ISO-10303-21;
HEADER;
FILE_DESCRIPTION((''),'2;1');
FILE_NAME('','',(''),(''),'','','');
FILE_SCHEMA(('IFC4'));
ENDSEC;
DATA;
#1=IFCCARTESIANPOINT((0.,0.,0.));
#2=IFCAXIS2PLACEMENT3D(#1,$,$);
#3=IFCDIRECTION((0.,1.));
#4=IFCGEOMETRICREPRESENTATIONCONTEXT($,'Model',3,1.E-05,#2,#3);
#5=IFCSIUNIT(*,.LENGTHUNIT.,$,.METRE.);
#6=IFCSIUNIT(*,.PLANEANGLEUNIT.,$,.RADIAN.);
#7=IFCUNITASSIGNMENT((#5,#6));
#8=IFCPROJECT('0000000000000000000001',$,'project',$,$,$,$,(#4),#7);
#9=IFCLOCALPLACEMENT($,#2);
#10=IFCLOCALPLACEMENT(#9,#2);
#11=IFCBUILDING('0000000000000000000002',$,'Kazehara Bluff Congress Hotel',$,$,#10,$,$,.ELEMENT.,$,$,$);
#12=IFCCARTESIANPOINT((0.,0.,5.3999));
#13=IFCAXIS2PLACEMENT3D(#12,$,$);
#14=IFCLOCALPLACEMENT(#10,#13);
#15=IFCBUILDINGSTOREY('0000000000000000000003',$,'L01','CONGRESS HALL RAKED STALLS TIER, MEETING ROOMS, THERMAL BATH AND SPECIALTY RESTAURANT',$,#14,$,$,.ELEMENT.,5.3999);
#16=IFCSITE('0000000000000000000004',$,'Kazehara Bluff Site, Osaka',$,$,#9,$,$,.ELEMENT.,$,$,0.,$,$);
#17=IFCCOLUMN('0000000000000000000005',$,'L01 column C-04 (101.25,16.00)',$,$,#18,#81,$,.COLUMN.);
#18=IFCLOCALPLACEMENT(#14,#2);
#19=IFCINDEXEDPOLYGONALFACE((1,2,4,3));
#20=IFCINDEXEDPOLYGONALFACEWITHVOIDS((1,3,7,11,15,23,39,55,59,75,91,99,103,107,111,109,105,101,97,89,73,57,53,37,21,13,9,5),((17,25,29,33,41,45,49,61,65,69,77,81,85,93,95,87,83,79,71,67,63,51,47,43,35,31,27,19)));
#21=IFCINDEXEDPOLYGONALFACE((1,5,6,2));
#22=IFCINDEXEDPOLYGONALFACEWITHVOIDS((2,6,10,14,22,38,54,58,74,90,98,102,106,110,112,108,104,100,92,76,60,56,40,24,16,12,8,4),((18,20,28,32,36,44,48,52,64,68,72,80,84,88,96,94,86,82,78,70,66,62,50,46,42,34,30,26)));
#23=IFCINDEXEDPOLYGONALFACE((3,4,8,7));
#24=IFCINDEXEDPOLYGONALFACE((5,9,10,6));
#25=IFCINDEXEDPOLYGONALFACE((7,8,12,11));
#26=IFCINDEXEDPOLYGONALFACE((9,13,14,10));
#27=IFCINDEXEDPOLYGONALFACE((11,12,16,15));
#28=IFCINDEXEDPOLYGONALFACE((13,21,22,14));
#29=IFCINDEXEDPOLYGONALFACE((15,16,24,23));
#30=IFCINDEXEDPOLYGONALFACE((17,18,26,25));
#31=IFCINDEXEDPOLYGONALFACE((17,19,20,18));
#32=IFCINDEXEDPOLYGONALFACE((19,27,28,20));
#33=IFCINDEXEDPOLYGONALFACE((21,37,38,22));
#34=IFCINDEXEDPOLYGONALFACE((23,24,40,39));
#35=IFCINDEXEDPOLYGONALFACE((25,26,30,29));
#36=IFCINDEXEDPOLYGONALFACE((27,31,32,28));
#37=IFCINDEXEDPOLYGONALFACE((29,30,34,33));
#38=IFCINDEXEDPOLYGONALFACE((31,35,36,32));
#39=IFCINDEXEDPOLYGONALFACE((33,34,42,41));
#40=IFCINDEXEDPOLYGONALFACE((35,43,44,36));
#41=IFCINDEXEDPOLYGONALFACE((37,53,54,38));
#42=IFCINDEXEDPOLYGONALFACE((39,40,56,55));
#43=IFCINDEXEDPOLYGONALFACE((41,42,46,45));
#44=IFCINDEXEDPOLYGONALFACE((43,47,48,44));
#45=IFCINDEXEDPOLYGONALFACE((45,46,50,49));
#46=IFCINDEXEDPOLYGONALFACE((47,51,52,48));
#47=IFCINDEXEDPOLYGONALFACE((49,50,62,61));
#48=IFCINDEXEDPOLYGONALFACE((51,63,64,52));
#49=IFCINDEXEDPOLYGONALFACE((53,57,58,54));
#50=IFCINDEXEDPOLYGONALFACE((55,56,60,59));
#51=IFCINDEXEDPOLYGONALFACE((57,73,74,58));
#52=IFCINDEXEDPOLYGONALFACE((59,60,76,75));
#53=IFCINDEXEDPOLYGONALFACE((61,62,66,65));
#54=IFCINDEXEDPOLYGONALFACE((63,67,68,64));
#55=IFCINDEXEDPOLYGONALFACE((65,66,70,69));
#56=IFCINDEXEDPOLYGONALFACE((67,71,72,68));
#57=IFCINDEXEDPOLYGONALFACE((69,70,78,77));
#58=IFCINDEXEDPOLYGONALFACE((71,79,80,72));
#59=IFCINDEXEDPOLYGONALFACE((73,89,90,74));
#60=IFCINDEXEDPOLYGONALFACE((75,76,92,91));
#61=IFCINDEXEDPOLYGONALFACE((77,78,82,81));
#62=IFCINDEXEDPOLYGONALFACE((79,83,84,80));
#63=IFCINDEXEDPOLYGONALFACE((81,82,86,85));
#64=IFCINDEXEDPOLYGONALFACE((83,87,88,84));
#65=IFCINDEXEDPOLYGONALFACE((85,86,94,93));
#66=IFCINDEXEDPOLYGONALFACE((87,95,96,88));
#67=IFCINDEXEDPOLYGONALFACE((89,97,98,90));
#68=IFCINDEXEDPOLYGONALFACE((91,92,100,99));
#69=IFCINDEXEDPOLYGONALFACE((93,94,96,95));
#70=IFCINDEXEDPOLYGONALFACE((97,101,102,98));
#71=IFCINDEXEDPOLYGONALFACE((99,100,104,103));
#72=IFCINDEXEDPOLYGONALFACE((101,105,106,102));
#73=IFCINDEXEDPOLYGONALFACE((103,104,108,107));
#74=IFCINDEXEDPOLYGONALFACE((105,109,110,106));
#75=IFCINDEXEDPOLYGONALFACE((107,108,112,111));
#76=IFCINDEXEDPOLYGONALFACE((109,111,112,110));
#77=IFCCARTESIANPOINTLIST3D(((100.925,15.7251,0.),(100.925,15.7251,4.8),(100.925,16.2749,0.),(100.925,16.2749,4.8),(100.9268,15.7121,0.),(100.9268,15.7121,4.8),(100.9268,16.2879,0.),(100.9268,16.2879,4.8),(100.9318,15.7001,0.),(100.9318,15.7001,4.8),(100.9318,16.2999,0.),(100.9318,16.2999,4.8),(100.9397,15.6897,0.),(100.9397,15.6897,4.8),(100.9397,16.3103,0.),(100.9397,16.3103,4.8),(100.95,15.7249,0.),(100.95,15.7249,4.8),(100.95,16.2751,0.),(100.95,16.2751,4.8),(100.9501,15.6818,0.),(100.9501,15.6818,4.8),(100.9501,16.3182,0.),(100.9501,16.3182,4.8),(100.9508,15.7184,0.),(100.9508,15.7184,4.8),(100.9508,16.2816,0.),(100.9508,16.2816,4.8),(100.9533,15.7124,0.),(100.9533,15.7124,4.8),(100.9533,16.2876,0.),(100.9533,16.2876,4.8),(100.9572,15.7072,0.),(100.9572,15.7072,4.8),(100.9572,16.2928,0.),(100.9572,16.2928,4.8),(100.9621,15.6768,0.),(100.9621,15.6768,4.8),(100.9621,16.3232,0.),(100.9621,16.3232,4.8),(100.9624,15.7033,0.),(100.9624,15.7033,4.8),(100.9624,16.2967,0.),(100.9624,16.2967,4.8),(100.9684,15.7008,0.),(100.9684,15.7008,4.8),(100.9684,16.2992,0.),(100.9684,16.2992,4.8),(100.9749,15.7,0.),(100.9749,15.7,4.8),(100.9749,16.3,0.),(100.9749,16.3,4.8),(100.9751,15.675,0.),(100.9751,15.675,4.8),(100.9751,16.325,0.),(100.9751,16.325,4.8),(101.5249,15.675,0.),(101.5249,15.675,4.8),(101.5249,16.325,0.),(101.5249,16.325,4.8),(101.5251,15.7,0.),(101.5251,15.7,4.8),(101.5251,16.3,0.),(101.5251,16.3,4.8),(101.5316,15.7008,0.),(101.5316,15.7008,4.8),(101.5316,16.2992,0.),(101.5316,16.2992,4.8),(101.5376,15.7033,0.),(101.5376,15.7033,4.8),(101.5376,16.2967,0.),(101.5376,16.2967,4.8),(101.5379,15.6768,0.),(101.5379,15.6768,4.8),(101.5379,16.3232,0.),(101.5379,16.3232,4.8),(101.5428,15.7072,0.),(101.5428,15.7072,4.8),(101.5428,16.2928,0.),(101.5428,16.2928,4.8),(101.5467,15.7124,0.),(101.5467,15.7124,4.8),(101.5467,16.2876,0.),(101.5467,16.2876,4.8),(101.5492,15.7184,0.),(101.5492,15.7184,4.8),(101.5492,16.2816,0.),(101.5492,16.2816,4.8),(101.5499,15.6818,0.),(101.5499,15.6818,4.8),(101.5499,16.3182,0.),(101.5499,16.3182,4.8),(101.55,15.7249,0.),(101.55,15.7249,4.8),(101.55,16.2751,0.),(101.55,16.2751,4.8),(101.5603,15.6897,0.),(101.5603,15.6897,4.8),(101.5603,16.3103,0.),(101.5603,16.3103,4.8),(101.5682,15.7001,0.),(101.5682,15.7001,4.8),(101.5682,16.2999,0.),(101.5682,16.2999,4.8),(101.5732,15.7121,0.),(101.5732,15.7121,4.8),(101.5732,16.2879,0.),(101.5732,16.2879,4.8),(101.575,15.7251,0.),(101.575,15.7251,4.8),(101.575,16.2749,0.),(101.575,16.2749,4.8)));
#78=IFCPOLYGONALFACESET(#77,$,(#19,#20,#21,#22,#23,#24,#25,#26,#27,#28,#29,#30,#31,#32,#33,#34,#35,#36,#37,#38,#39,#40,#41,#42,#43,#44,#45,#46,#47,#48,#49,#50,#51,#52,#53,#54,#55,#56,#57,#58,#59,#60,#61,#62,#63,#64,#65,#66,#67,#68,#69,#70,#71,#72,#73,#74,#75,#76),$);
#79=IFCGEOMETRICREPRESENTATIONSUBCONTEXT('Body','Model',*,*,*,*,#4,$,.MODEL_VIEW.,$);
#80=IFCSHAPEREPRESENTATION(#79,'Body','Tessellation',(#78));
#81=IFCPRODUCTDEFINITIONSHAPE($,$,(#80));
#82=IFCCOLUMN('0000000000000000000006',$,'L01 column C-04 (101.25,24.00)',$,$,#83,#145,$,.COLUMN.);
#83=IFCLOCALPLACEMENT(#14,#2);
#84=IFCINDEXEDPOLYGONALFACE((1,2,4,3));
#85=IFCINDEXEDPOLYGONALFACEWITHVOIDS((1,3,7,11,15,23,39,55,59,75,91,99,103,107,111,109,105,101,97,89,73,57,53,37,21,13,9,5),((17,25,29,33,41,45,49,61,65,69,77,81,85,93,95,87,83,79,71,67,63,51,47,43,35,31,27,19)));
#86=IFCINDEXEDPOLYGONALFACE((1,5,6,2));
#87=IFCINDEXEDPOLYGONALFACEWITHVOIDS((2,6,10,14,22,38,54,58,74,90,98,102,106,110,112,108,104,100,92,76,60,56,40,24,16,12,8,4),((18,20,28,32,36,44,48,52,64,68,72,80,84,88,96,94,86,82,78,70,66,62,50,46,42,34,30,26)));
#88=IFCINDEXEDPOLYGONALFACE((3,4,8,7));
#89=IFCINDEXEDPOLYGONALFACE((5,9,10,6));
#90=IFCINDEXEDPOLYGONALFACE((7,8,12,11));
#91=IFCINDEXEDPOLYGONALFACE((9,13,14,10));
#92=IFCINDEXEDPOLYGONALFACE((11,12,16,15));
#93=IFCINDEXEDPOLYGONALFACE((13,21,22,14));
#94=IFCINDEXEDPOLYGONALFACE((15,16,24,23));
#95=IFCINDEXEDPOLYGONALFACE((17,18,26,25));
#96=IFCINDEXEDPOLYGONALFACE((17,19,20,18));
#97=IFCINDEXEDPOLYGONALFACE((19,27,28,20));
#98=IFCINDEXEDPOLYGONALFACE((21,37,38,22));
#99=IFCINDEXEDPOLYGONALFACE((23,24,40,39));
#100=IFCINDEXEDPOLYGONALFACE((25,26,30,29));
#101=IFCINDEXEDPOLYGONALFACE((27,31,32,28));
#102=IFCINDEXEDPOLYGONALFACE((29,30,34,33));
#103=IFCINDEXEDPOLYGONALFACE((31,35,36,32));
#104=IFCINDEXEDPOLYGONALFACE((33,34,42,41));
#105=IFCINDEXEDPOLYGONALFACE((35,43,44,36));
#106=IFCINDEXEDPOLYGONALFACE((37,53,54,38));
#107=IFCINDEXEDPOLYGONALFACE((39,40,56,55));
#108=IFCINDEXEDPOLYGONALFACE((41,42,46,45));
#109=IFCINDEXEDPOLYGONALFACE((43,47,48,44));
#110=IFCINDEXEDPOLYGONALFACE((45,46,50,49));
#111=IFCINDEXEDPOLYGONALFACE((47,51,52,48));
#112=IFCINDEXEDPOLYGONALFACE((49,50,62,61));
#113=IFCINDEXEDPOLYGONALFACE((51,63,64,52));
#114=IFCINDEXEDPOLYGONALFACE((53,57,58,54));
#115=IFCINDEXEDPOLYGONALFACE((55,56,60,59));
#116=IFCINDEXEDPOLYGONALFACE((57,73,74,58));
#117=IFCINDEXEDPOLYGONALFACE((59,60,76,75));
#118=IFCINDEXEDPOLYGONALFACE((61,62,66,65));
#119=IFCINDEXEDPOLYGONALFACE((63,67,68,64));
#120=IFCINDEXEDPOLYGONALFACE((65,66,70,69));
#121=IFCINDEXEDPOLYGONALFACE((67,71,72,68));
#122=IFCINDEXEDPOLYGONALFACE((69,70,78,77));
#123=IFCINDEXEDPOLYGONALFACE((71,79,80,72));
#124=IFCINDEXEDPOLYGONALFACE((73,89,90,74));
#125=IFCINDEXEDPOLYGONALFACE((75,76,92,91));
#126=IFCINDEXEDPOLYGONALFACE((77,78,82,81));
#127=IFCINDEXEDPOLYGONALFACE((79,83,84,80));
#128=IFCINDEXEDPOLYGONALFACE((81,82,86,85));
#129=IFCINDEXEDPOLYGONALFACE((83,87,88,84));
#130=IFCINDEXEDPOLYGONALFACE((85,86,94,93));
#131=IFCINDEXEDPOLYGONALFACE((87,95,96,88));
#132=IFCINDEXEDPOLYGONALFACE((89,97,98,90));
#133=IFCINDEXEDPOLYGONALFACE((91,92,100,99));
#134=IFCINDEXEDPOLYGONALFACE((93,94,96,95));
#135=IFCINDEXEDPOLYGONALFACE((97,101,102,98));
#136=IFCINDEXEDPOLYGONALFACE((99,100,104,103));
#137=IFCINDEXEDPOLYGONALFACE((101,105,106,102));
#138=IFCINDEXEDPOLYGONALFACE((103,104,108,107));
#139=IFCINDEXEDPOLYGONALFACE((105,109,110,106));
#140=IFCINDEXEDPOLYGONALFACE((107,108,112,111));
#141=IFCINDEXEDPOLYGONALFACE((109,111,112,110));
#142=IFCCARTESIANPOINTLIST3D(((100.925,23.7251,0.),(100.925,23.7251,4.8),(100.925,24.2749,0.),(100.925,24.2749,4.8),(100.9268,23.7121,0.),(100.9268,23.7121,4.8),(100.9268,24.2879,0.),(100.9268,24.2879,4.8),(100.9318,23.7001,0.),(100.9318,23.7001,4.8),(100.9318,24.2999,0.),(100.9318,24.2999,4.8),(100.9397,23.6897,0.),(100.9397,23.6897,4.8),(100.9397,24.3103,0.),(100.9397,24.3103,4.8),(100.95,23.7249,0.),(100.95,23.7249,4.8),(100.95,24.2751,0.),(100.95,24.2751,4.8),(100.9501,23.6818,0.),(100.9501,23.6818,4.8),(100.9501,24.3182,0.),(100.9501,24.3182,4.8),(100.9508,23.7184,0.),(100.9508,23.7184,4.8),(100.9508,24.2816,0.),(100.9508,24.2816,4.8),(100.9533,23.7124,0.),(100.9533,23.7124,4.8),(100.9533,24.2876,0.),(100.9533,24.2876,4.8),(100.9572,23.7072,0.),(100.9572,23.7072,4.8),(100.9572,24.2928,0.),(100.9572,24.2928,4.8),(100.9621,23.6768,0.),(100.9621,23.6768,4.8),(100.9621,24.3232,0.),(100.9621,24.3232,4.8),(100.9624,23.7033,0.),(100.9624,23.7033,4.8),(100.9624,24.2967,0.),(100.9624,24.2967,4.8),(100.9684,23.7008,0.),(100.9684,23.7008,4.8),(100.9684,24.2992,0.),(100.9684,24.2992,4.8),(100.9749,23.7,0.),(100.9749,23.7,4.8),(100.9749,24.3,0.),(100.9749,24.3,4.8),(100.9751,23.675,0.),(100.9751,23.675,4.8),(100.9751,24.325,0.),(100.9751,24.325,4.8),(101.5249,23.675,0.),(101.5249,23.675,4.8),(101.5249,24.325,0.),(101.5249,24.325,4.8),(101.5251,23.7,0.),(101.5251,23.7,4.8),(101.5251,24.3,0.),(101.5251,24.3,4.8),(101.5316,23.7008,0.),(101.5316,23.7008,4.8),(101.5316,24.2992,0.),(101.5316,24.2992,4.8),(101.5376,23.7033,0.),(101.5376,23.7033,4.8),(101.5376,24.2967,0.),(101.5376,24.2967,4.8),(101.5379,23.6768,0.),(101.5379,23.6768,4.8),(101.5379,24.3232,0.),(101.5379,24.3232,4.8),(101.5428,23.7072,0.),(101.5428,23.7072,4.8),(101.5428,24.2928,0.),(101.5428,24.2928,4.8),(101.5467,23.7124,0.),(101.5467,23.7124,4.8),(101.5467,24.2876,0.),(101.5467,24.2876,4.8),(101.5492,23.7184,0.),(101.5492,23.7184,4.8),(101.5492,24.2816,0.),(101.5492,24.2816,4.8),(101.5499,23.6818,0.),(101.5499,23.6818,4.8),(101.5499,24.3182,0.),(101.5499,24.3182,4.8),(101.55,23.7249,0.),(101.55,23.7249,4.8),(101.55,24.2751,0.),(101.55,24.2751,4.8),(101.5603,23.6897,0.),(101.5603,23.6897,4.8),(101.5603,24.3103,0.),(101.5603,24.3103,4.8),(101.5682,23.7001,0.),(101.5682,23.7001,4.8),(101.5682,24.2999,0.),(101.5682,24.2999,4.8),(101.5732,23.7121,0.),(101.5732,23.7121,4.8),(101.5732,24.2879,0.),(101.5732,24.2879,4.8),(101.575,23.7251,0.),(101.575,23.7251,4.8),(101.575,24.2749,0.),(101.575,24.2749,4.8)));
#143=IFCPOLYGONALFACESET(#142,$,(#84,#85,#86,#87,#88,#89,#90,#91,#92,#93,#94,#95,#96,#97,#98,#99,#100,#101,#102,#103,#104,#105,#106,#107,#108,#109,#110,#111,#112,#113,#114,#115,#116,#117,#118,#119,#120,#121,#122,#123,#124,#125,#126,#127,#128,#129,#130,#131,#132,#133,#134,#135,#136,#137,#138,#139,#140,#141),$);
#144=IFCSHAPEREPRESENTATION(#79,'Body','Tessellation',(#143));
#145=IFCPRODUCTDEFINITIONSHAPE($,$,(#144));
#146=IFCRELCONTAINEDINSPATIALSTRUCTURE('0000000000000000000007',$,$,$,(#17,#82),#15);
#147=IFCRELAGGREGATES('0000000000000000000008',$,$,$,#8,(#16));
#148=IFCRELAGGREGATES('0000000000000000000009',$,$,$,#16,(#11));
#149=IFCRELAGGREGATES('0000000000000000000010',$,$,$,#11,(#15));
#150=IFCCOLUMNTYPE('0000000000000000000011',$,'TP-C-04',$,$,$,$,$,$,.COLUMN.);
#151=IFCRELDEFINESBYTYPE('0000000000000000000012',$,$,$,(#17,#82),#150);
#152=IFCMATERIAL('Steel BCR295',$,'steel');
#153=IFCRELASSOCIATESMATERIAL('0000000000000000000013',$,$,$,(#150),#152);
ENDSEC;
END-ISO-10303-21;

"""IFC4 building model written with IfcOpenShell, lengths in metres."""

from ifc_helpers import new_model, si_unit, direction, frame, origin, origin_2d, place, context, subcontext, project, spatial, hollow_rectangle, extrude, material, material_profile, profile_set, type_object, element, save


model = new_model("IFC4")

# Units and contexts
model_context = context("Model", 3, precision=1e-05, world=origin(), true_north=direction((0.0, 1.0)))
body_context = subcontext(model_context, "Body", "Model", "MODEL_VIEW")
ifc_project = project(units=[si_unit("LENGTHUNIT", "METRE"), si_unit("PLANEANGLEUNIT", "RADIAN")], contexts=[model_context])

# Site, building, storey
site_placement = place(None, origin())
site = spatial("IfcSite", under=ifc_project, at=site_placement, Name="Kazehara Bluff Site, Osaka", CompositionType="ELEMENT", RefElevation=0.0)
building_placement = place(site_placement, origin())
building = spatial("IfcBuilding", under=site, at=building_placement, Name="Kazehara Bluff Congress Hotel", CompositionType="ELEMENT")
storey_placement = place(building_placement, frame((0.0, 0.0, 5.3999)))
storey = spatial("IfcBuildingStorey", under=building, at=storey_placement, Name="L01", Description="CONGRESS HALL RAKED STALLS TIER, MEETING ROOMS, THERMAL BATH AND SPECIALTY RESTAURANT", CompositionType="ELEMENT", Elevation=5.3999)

# Columns
ifc_material_1 = material(Name="Steel BCR295", Category="steel")
ifc_material_profile_1 = material_profile(ifc_material_1, hollow_rectangle(XDim=0.6499, YDim=0.6499, WallThickness=0.0249, InnerFilletRadius=0.0249, OuterFilletRadius=0.05, at=origin_2d()))
ifc_profile_set_1 = profile_set([ifc_material_profile_1], Name="Steel BCR295")
column_type = type_object("IfcColumnType", Name="TP-C-04", PredefinedType="COLUMN", material=ifc_profile_set_1)
for number, where, z_axis, x_axis, name in (
    (1, (101.25, 16.0, 0.0), (0.0, 0.0, 1.0), (1.0, 0.0, 0.0), "L01 column C-04 (101.25,16.00)"),
    (2, (101.25, 24.0, 0.0), (0.0, 0.0, 1.0), (1.0, 0.0, 0.0), "L01 column C-04 (101.25,24.00)"),
):
    element("IfcColumn", number, at=place(storey_placement, frame(where, z_axis=z_axis, x_axis=x_axis)), inside=storey, type_object=column_type, Name=name, PredefinedType="COLUMN", context=body_context, shape_type="SweptSolid", body=[
        extrude(hollow_rectangle(XDim=0.6499, YDim=0.6499, WallThickness=0.0249, InnerFilletRadius=0.0249, OuterFilletRadius=0.05, at=origin_2d()), origin(), (0.0, 0.0, 1.0), 4.8),
    ])

save(model, "model.ifc")
